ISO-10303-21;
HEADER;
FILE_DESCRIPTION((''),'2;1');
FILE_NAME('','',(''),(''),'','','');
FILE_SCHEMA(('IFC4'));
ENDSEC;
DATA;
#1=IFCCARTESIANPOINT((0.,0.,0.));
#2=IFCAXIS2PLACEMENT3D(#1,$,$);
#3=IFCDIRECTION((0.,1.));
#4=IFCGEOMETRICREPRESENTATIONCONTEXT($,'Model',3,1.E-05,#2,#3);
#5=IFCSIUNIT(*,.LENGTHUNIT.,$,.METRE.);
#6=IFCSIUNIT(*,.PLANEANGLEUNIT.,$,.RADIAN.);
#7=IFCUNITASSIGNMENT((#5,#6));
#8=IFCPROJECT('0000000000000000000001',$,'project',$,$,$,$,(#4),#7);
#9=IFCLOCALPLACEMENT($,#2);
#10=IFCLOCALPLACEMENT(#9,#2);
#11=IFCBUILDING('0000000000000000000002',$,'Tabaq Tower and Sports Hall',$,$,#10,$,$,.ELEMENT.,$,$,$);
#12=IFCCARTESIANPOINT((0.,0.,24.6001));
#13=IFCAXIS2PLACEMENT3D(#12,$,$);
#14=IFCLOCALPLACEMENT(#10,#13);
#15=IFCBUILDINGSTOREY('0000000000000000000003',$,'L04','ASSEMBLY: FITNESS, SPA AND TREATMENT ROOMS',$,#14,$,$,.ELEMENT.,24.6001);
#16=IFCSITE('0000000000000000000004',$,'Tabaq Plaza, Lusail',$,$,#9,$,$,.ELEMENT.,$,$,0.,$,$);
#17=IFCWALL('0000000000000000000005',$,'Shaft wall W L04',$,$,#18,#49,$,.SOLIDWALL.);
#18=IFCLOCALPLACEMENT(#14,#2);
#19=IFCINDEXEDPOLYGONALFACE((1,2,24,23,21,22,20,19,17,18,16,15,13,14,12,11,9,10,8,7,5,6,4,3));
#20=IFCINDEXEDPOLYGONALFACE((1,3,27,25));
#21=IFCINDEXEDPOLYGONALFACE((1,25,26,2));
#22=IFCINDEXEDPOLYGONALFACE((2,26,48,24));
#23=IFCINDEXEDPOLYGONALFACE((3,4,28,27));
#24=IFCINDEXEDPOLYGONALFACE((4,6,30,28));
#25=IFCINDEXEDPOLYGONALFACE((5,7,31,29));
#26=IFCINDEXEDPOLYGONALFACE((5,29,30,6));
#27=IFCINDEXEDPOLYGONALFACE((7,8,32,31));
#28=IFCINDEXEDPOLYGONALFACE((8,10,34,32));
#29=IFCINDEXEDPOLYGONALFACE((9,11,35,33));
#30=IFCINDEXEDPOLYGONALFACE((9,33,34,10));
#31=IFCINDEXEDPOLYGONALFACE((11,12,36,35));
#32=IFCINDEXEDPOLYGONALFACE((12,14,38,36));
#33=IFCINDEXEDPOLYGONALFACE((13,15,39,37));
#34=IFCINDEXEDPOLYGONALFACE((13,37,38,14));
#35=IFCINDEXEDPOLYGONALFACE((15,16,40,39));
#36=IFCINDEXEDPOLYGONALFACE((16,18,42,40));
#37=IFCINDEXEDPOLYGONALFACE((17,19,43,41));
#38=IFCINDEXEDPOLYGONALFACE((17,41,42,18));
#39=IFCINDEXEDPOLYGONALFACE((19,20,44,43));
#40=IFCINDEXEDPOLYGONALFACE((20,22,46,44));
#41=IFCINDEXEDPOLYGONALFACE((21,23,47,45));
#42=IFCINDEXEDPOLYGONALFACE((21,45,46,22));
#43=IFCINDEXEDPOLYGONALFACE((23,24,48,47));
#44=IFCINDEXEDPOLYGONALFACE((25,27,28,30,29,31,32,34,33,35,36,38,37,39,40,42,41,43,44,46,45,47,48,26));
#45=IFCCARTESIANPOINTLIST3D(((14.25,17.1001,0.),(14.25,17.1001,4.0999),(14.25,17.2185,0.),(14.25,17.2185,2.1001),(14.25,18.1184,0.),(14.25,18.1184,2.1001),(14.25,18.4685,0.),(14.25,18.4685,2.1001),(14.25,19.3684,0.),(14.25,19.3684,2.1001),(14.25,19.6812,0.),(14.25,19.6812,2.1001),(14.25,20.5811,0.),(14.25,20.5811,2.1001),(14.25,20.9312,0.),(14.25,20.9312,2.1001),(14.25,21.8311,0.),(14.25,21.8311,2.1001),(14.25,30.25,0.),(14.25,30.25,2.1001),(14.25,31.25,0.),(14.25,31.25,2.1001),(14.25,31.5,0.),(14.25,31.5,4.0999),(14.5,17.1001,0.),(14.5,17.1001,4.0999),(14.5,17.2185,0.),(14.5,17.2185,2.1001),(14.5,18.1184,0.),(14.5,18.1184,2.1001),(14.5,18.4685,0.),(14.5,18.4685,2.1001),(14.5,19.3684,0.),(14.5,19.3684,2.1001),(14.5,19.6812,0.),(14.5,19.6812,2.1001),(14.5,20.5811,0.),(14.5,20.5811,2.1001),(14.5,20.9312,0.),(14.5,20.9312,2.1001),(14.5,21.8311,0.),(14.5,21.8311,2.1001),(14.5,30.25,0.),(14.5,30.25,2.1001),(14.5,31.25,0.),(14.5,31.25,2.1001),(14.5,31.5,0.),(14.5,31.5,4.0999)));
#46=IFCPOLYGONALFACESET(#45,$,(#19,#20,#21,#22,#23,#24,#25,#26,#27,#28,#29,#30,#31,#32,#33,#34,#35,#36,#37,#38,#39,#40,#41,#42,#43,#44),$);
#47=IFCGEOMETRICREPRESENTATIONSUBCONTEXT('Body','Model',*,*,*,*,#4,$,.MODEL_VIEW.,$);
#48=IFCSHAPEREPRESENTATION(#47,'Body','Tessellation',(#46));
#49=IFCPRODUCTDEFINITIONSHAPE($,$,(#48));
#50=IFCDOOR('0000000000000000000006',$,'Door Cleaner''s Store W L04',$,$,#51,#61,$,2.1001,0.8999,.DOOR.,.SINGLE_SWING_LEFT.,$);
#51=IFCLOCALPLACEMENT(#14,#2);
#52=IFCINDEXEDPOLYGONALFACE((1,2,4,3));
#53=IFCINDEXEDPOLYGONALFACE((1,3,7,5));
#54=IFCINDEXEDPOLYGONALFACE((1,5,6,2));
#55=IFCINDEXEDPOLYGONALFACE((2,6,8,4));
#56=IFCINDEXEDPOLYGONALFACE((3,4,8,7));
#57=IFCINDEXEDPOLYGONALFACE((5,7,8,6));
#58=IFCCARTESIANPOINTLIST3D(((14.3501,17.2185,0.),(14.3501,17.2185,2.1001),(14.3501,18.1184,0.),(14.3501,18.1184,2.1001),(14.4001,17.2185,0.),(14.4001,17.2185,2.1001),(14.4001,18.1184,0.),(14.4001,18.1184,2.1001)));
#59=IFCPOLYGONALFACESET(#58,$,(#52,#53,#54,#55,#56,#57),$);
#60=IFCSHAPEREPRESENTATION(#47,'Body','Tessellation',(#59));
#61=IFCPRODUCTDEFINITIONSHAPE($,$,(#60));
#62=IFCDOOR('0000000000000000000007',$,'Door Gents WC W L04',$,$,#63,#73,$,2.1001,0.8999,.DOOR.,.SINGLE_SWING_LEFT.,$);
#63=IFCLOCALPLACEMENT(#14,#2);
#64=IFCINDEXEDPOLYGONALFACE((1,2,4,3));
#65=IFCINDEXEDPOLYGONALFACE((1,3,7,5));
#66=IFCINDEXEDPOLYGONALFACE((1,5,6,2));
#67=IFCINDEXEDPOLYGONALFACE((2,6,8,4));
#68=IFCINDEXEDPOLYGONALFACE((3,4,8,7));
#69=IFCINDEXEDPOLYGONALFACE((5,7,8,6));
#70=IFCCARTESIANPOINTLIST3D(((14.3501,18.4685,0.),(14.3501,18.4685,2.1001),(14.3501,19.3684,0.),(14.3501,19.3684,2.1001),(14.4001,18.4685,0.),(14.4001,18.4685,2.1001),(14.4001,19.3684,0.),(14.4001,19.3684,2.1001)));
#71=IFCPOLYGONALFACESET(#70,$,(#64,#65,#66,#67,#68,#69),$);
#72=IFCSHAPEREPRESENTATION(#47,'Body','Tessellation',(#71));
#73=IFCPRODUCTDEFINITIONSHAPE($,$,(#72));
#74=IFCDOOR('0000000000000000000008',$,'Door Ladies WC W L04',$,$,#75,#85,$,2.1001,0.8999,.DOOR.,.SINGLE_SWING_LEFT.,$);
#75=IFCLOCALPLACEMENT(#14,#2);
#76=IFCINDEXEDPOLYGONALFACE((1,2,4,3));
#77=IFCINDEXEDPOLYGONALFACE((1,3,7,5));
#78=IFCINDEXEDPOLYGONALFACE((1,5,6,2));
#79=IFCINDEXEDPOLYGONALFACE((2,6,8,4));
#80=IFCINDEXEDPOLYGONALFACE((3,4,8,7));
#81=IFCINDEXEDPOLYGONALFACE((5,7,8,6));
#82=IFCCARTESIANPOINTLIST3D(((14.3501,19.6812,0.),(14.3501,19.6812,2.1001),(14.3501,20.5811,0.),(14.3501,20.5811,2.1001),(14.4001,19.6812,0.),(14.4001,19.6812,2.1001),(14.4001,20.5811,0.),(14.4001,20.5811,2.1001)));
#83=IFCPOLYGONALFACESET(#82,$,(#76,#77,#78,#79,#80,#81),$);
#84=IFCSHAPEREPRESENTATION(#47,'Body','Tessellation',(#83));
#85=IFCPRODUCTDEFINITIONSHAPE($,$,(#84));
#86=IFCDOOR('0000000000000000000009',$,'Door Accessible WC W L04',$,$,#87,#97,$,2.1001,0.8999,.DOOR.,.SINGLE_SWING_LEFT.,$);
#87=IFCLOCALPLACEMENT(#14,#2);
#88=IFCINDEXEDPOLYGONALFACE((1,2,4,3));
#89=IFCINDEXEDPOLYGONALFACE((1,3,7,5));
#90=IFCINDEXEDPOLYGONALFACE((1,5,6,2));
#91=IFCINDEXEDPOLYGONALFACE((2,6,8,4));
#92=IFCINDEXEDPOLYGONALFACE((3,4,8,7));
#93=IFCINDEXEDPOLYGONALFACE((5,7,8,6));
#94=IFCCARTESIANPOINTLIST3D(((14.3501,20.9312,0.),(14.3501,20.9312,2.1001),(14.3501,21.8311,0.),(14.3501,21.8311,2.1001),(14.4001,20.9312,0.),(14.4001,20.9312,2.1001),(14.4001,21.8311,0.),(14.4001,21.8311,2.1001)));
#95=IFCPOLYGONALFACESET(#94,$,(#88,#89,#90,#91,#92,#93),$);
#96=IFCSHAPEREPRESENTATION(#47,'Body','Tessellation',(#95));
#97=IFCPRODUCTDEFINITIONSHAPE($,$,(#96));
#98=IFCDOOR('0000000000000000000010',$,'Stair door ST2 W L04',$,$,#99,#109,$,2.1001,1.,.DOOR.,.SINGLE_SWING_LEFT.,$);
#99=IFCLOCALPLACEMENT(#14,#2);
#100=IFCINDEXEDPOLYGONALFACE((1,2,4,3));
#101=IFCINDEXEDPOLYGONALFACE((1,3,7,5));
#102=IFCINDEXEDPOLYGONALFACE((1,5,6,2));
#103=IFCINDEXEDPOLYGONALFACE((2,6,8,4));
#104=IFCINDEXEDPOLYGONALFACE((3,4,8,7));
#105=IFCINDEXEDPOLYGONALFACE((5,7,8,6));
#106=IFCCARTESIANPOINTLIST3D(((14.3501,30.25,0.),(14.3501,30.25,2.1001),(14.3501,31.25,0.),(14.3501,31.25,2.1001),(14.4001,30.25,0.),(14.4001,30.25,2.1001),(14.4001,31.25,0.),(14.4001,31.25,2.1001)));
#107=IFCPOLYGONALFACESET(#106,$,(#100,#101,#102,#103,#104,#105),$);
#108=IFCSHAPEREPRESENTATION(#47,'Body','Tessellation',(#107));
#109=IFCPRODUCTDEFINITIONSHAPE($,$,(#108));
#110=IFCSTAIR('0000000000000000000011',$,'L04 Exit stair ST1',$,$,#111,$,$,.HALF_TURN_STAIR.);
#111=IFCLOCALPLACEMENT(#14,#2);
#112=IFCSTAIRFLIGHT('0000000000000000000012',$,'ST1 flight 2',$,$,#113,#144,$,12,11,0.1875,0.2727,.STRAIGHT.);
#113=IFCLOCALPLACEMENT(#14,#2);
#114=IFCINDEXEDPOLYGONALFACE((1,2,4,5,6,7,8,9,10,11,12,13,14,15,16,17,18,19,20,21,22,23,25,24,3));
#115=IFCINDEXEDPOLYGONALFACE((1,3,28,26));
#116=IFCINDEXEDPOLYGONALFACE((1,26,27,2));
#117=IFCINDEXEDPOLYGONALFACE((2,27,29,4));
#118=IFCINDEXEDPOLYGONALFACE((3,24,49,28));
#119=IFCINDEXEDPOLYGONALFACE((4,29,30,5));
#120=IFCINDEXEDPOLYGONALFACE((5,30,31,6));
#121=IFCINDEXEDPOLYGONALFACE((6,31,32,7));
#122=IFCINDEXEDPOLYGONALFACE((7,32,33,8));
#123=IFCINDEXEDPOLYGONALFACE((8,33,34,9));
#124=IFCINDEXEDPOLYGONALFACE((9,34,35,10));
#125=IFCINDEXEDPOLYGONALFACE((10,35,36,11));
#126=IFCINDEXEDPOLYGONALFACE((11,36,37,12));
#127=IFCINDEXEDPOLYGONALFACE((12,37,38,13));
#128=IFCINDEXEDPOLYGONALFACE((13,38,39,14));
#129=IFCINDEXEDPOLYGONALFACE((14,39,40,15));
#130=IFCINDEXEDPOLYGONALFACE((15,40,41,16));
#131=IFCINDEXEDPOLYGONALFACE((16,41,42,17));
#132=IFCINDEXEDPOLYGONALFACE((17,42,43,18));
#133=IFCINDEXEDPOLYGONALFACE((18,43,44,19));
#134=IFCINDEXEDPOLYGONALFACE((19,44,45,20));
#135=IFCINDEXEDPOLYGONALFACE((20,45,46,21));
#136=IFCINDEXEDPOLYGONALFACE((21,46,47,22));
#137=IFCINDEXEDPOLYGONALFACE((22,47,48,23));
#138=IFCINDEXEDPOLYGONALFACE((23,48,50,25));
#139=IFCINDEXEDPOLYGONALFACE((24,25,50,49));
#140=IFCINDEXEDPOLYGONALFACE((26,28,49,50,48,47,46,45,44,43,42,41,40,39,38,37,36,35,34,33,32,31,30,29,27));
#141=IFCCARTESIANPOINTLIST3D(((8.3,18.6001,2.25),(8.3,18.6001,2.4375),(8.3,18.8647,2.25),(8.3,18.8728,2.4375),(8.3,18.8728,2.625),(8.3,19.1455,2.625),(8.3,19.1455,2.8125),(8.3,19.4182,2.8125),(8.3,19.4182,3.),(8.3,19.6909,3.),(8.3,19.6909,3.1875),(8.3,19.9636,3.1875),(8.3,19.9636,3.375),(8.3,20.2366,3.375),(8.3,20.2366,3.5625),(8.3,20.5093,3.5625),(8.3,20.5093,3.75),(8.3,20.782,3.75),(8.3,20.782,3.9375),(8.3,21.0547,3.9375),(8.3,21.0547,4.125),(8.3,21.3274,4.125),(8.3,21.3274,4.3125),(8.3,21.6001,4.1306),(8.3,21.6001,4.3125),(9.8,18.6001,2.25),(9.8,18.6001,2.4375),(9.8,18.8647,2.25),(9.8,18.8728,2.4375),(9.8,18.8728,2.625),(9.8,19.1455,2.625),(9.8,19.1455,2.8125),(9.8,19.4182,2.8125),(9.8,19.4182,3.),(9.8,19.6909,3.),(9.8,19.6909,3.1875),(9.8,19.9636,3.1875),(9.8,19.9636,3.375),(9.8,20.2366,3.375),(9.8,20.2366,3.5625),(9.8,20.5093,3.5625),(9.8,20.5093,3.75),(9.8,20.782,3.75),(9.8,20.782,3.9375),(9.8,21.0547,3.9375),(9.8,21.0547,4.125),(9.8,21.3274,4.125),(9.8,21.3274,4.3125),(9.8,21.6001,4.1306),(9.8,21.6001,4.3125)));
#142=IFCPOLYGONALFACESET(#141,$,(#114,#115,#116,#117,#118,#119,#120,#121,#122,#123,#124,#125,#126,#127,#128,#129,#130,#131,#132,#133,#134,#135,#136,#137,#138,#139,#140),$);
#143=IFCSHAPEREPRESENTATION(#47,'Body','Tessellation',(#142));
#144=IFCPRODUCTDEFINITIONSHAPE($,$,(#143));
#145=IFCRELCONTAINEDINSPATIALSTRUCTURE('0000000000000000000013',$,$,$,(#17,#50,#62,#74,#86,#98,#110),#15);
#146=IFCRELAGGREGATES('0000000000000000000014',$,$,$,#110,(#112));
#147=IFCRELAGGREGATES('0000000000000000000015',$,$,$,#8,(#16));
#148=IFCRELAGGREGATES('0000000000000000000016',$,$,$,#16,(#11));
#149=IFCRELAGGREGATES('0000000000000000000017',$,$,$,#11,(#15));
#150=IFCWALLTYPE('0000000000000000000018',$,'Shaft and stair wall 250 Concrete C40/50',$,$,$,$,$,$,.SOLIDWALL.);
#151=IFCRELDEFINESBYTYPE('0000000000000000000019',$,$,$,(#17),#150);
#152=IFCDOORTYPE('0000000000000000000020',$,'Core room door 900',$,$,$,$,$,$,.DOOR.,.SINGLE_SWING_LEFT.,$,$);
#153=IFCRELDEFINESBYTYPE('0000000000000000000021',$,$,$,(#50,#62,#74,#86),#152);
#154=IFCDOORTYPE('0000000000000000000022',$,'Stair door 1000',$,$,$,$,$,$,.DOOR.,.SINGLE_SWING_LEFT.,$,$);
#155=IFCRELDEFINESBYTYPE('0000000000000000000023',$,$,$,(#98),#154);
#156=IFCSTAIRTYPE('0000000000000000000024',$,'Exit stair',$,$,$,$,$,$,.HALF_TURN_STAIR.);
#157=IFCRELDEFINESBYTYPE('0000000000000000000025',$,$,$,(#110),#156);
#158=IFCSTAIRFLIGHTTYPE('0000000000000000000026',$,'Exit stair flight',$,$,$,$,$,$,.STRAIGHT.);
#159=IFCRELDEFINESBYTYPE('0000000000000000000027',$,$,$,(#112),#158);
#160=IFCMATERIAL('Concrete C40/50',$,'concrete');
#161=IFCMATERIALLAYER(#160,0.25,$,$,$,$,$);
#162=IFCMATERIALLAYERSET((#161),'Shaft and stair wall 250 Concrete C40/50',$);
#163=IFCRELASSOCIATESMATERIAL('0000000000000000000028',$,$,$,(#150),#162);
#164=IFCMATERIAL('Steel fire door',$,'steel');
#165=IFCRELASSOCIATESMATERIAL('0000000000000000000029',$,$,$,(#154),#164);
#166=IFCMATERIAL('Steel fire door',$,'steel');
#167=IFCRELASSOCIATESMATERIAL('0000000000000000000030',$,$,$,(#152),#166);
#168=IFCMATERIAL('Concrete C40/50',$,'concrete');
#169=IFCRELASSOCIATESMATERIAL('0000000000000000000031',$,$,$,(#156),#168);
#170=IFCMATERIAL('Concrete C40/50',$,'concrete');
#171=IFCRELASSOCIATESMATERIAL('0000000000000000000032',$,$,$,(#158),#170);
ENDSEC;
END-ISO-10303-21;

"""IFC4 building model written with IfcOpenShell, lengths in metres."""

from ifc_helpers import new_model, si_unit, direction, frame, frame_2d, origin, place, context, subcontext, project, spatial, polyline, rectangle, outline, extrude, material, layer, layer_set, type_object, element, fill, aggregate, save


model = new_model("IFC4")

# Units and contexts
model_context = context("Model", 3, precision=1e-05, world=origin(), true_north=direction((0.0, 1.0)))
body_context = subcontext(model_context, "Body", "Model", "MODEL_VIEW")
ifc_project = project(units=[si_unit("LENGTHUNIT", "METRE"), si_unit("PLANEANGLEUNIT", "RADIAN")], contexts=[model_context])

# Site, building, storey
site_placement = place(None, origin())
site = spatial("IfcSite", under=ifc_project, at=site_placement, Name="Tabaq Plaza, Lusail", CompositionType="ELEMENT", RefElevation=0.0)
building_placement = place(site_placement, origin())
building = spatial("IfcBuilding", under=site, at=building_placement, Name="Tabaq Tower and Sports Hall", CompositionType="ELEMENT")
storey_placement = place(building_placement, frame((0.0, 0.0, 24.6001)))
storey = spatial("IfcBuildingStorey", under=building, at=storey_placement, Name="L04", Description="ASSEMBLY: FITNESS, SPA AND TREATMENT ROOMS", CompositionType="ELEMENT", Elevation=24.6001)

# Wall, openings, doors
ifc_material_1 = material(Name="Concrete C40/50", Category="concrete")
ifc_layer_1 = layer(ifc_material_1, 0.25)
ifc_layer_set_1 = layer_set([ifc_layer_1], Name="Shaft and stair wall 250 Concrete C40/50")
wall_type_1 = type_object("IfcWallType", Name="Shaft and stair wall 250 Concrete C40/50", PredefinedType="SOLIDWALL", material=ifc_layer_set_1)
ifc_material_2 = material(Name="Steel fire door", Category="steel")
door_type_1 = type_object("IfcDoorType", Name="Stair door 1000", OperationType="SINGLE_SWING_LEFT", PredefinedType="DOOR", material=ifc_material_2)
wall_1_placement = place(storey_placement, frame((14.375, 17.1001, 0.0), z_axis=(0.0, 0.0, 1.0), x_axis=(0.0, 1.0, 0.0)))
wall_1 = element("IfcWall", 1, at=wall_1_placement, inside=storey, type_object=wall_type_1, Name="Shaft wall W L04", PredefinedType="SOLIDWALL", context=body_context, shape_type="SweptSolid", body=[
    extrude(rectangle(XDim=14.3999, YDim=0.25, at=frame_2d((7.2, 0.0))), origin(), (0.0, 0.0, 1.0), 4.0999),
])
opening_1_placement = place(wall_1_placement, frame((13.1499, 0.0, 0.0)))
opening_1 = element("IfcOpeningElement", 2, at=opening_1_placement, cuts=wall_1, PredefinedType="OPENING", context=body_context, shape_type="SweptSolid", body=[
    extrude(rectangle(XDim=1.0, YDim=2.1001, at=frame_2d((0.5, 1.05))), frame((0.0, 0.125, 0.0), z_axis=(0.0, -1.0, 0.0), x_axis=(1.0, 0.0, 0.0)), (0.0, 0.0, 1.0), 0.25),
])
opening_2_placement = place(wall_1_placement, frame((0.1184, 0.0, 0.0)))
opening_2 = element("IfcOpeningElement", 3, at=opening_2_placement, cuts=wall_1, PredefinedType="OPENING", context=body_context, shape_type="SweptSolid", body=[
    extrude(rectangle(XDim=0.8999, YDim=2.1001, at=frame_2d((0.45, 1.05))), frame((0.0, 0.125, 0.0), z_axis=(0.0, -1.0, 0.0), x_axis=(1.0, 0.0, 0.0)), (0.0, 0.0, 1.0), 0.25),
])
opening_3_placement = place(wall_1_placement, frame((1.3684, 0.0, 0.0)))
opening_3 = element("IfcOpeningElement", 4, at=opening_3_placement, cuts=wall_1, PredefinedType="OPENING", context=body_context, shape_type="SweptSolid", body=[
    extrude(rectangle(XDim=0.8999, YDim=2.1001, at=frame_2d((0.45, 1.05))), frame((0.0, 0.125, 0.0), z_axis=(0.0, -1.0, 0.0), x_axis=(1.0, 0.0, 0.0)), (0.0, 0.0, 1.0), 0.25),
])
opening_4_placement = place(wall_1_placement, frame((2.5811, 0.0, 0.0)))
opening_4 = element("IfcOpeningElement", 5, at=opening_4_placement, cuts=wall_1, PredefinedType="OPENING", context=body_context, shape_type="SweptSolid", body=[
    extrude(rectangle(XDim=0.8999, YDim=2.1001, at=frame_2d((0.45, 1.05))), frame((0.0, 0.125, 0.0), z_axis=(0.0, -1.0, 0.0), x_axis=(1.0, 0.0, 0.0)), (0.0, 0.0, 1.0), 0.25),
])
opening_5_placement = place(wall_1_placement, frame((3.8311, 0.0, 0.0)))
opening_5 = element("IfcOpeningElement", 6, at=opening_5_placement, cuts=wall_1, PredefinedType="OPENING", context=body_context, shape_type="SweptSolid", body=[
    extrude(rectangle(XDim=0.8999, YDim=2.1001, at=frame_2d((0.45, 1.05))), frame((0.0, 0.125, 0.0), z_axis=(0.0, -1.0, 0.0), x_axis=(1.0, 0.0, 0.0)), (0.0, 0.0, 1.0), 0.25),
])
ifc_material_3 = material(Name="Steel fire door", Category="steel")
door_type_2 = type_object("IfcDoorType", Name="Core room door 900", OperationType="SINGLE_SWING_LEFT", PredefinedType="DOOR", material=ifc_material_3)
door_1_placement = place(opening_2_placement, origin())
door_1 = element("IfcDoor", 7, at=door_1_placement, inside=storey, type_object=door_type_2, Name="Door Cleaner's Store W L04", OperationType="SINGLE_SWING_LEFT", OverallHeight=2.1001, OverallWidth=0.8999, PredefinedType="DOOR", context=body_context, shape_type="SweptSolid", body=[
    extrude(rectangle(XDim=0.8999, YDim=2.1001, at=frame_2d((0.45, 1.05))), frame((0.0, 0.0249, 0.0), z_axis=(0.0, -1.0, 0.0), x_axis=(1.0, 0.0, 0.0)), (0.0, 0.0, 1.0), 0.05),
])
fill(opening_2, door_1)
door_2_placement = place(opening_3_placement, origin())
door_2 = element("IfcDoor", 8, at=door_2_placement, inside=storey, type_object=door_type_2, Name="Door Gents WC W L04", OperationType="SINGLE_SWING_LEFT", OverallHeight=2.1001, OverallWidth=0.8999, PredefinedType="DOOR", context=body_context, shape_type="SweptSolid", body=[
    extrude(rectangle(XDim=0.8999, YDim=2.1001, at=frame_2d((0.45, 1.05))), frame((0.0, 0.0249, 0.0), z_axis=(0.0, -1.0, 0.0), x_axis=(1.0, 0.0, 0.0)), (0.0, 0.0, 1.0), 0.05),
])
fill(opening_3, door_2)
door_3_placement = place(opening_4_placement, origin())
door_3 = element("IfcDoor", 9, at=door_3_placement, inside=storey, type_object=door_type_2, Name="Door Ladies WC W L04", OperationType="SINGLE_SWING_LEFT", OverallHeight=2.1001, OverallWidth=0.8999, PredefinedType="DOOR", context=body_context, shape_type="SweptSolid", body=[
    extrude(rectangle(XDim=0.8999, YDim=2.1001, at=frame_2d((0.45, 1.05))), frame((0.0, 0.0249, 0.0), z_axis=(0.0, -1.0, 0.0), x_axis=(1.0, 0.0, 0.0)), (0.0, 0.0, 1.0), 0.05),
])
fill(opening_4, door_3)
door_4_placement = place(opening_5_placement, origin())
door_4 = element("IfcDoor", 10, at=door_4_placement, inside=storey, type_object=door_type_2, Name="Door Accessible WC W L04", OperationType="SINGLE_SWING_LEFT", OverallHeight=2.1001, OverallWidth=0.8999, PredefinedType="DOOR", context=body_context, shape_type="SweptSolid", body=[
    extrude(rectangle(XDim=0.8999, YDim=2.1001, at=frame_2d((0.45, 1.05))), frame((0.0, 0.0249, 0.0), z_axis=(0.0, -1.0, 0.0), x_axis=(1.0, 0.0, 0.0)), (0.0, 0.0, 1.0), 0.05),
])
fill(opening_5, door_4)
door_5_placement = place(opening_1_placement, origin())
door_5 = element("IfcDoor", 11, at=door_5_placement, inside=storey, type_object=door_type_1, Name="Stair door ST2 W L04", OperationType="SINGLE_SWING_LEFT", OverallHeight=2.1001, OverallWidth=1.0, PredefinedType="DOOR", context=body_context, shape_type="SweptSolid", body=[
    extrude(rectangle(XDim=1.0, YDim=2.1001, at=frame_2d((0.5, 1.05))), frame((0.0, 0.0249, 0.0), z_axis=(0.0, -1.0, 0.0), x_axis=(1.0, 0.0, 0.0)), (0.0, 0.0, 1.0), 0.05),
])
fill(opening_1, door_5)

# Stair, stair flight
ifc_material_4 = material(Name="Concrete C40/50", Category="concrete")
stair_type = type_object("IfcStairType", Name="Exit stair", PredefinedType="HALF_TURN_STAIR", material=ifc_material_4)
stair_placement = place(storey_placement, origin())
stair = element("IfcStair", 12, at=stair_placement, inside=storey, type_object=stair_type, Name="L04 Exit stair ST1", PredefinedType="HALF_TURN_STAIR")
ifc_material_5 = material(Name="Concrete C40/50", Category="concrete")
stair_flight_type = type_object("IfcStairFlightType", Name="Exit stair flight", PredefinedType="STRAIGHT", material=ifc_material_5)
stair_flight_placement = place(storey_placement, frame((9.05, 18.6001, 2.25), z_axis=(0.0, 0.0, 1.0), x_axis=(0.0, 1.0, 0.0)))
stair_flight = element("IfcStairFlight", 13, at=stair_flight_placement, type_object=stair_flight_type, Name="ST1 flight 2", NumberOfRisers=12, NumberOfTreads=11, PredefinedType="STRAIGHT", RiserHeight=0.1875, TreadLength=0.2727, context=body_context, shape_type="SweptSolid", body=[
    extrude(outline(polyline([(0.0, 0.0), (0.0, 0.1875), (0.2727, 0.1875), (0.2727, 0.375), (0.5454, 0.375), (0.5454, 0.5625), (0.8181, 0.5625), (0.8181, 0.75), (1.0908, 0.75), (1.0908, 0.9375), (1.3635, 0.9375), (1.3635, 1.125), (1.6365, 1.125), (1.6365, 1.3125), (1.9092, 1.3125), (1.9092, 1.5), (2.1819, 1.5), (2.1819, 1.6875), (2.4546, 1.6875), (2.4546, 1.875), (2.7273, 1.875), (2.7273, 2.0625), (3.0, 2.0625), (3.0, 2.25), (3.0, 1.8806), (0.2646, 0.0), (0.0, 0.0)])), frame((0.0, 0.75, 0.0), z_axis=(0.0, -1.0, 0.0), x_axis=(1.0, 0.0, 0.0)), (0.0, 0.0, 1.0), 1.5),
])
aggregate(stair, [stair_flight])

save(model, "model.ifc")
